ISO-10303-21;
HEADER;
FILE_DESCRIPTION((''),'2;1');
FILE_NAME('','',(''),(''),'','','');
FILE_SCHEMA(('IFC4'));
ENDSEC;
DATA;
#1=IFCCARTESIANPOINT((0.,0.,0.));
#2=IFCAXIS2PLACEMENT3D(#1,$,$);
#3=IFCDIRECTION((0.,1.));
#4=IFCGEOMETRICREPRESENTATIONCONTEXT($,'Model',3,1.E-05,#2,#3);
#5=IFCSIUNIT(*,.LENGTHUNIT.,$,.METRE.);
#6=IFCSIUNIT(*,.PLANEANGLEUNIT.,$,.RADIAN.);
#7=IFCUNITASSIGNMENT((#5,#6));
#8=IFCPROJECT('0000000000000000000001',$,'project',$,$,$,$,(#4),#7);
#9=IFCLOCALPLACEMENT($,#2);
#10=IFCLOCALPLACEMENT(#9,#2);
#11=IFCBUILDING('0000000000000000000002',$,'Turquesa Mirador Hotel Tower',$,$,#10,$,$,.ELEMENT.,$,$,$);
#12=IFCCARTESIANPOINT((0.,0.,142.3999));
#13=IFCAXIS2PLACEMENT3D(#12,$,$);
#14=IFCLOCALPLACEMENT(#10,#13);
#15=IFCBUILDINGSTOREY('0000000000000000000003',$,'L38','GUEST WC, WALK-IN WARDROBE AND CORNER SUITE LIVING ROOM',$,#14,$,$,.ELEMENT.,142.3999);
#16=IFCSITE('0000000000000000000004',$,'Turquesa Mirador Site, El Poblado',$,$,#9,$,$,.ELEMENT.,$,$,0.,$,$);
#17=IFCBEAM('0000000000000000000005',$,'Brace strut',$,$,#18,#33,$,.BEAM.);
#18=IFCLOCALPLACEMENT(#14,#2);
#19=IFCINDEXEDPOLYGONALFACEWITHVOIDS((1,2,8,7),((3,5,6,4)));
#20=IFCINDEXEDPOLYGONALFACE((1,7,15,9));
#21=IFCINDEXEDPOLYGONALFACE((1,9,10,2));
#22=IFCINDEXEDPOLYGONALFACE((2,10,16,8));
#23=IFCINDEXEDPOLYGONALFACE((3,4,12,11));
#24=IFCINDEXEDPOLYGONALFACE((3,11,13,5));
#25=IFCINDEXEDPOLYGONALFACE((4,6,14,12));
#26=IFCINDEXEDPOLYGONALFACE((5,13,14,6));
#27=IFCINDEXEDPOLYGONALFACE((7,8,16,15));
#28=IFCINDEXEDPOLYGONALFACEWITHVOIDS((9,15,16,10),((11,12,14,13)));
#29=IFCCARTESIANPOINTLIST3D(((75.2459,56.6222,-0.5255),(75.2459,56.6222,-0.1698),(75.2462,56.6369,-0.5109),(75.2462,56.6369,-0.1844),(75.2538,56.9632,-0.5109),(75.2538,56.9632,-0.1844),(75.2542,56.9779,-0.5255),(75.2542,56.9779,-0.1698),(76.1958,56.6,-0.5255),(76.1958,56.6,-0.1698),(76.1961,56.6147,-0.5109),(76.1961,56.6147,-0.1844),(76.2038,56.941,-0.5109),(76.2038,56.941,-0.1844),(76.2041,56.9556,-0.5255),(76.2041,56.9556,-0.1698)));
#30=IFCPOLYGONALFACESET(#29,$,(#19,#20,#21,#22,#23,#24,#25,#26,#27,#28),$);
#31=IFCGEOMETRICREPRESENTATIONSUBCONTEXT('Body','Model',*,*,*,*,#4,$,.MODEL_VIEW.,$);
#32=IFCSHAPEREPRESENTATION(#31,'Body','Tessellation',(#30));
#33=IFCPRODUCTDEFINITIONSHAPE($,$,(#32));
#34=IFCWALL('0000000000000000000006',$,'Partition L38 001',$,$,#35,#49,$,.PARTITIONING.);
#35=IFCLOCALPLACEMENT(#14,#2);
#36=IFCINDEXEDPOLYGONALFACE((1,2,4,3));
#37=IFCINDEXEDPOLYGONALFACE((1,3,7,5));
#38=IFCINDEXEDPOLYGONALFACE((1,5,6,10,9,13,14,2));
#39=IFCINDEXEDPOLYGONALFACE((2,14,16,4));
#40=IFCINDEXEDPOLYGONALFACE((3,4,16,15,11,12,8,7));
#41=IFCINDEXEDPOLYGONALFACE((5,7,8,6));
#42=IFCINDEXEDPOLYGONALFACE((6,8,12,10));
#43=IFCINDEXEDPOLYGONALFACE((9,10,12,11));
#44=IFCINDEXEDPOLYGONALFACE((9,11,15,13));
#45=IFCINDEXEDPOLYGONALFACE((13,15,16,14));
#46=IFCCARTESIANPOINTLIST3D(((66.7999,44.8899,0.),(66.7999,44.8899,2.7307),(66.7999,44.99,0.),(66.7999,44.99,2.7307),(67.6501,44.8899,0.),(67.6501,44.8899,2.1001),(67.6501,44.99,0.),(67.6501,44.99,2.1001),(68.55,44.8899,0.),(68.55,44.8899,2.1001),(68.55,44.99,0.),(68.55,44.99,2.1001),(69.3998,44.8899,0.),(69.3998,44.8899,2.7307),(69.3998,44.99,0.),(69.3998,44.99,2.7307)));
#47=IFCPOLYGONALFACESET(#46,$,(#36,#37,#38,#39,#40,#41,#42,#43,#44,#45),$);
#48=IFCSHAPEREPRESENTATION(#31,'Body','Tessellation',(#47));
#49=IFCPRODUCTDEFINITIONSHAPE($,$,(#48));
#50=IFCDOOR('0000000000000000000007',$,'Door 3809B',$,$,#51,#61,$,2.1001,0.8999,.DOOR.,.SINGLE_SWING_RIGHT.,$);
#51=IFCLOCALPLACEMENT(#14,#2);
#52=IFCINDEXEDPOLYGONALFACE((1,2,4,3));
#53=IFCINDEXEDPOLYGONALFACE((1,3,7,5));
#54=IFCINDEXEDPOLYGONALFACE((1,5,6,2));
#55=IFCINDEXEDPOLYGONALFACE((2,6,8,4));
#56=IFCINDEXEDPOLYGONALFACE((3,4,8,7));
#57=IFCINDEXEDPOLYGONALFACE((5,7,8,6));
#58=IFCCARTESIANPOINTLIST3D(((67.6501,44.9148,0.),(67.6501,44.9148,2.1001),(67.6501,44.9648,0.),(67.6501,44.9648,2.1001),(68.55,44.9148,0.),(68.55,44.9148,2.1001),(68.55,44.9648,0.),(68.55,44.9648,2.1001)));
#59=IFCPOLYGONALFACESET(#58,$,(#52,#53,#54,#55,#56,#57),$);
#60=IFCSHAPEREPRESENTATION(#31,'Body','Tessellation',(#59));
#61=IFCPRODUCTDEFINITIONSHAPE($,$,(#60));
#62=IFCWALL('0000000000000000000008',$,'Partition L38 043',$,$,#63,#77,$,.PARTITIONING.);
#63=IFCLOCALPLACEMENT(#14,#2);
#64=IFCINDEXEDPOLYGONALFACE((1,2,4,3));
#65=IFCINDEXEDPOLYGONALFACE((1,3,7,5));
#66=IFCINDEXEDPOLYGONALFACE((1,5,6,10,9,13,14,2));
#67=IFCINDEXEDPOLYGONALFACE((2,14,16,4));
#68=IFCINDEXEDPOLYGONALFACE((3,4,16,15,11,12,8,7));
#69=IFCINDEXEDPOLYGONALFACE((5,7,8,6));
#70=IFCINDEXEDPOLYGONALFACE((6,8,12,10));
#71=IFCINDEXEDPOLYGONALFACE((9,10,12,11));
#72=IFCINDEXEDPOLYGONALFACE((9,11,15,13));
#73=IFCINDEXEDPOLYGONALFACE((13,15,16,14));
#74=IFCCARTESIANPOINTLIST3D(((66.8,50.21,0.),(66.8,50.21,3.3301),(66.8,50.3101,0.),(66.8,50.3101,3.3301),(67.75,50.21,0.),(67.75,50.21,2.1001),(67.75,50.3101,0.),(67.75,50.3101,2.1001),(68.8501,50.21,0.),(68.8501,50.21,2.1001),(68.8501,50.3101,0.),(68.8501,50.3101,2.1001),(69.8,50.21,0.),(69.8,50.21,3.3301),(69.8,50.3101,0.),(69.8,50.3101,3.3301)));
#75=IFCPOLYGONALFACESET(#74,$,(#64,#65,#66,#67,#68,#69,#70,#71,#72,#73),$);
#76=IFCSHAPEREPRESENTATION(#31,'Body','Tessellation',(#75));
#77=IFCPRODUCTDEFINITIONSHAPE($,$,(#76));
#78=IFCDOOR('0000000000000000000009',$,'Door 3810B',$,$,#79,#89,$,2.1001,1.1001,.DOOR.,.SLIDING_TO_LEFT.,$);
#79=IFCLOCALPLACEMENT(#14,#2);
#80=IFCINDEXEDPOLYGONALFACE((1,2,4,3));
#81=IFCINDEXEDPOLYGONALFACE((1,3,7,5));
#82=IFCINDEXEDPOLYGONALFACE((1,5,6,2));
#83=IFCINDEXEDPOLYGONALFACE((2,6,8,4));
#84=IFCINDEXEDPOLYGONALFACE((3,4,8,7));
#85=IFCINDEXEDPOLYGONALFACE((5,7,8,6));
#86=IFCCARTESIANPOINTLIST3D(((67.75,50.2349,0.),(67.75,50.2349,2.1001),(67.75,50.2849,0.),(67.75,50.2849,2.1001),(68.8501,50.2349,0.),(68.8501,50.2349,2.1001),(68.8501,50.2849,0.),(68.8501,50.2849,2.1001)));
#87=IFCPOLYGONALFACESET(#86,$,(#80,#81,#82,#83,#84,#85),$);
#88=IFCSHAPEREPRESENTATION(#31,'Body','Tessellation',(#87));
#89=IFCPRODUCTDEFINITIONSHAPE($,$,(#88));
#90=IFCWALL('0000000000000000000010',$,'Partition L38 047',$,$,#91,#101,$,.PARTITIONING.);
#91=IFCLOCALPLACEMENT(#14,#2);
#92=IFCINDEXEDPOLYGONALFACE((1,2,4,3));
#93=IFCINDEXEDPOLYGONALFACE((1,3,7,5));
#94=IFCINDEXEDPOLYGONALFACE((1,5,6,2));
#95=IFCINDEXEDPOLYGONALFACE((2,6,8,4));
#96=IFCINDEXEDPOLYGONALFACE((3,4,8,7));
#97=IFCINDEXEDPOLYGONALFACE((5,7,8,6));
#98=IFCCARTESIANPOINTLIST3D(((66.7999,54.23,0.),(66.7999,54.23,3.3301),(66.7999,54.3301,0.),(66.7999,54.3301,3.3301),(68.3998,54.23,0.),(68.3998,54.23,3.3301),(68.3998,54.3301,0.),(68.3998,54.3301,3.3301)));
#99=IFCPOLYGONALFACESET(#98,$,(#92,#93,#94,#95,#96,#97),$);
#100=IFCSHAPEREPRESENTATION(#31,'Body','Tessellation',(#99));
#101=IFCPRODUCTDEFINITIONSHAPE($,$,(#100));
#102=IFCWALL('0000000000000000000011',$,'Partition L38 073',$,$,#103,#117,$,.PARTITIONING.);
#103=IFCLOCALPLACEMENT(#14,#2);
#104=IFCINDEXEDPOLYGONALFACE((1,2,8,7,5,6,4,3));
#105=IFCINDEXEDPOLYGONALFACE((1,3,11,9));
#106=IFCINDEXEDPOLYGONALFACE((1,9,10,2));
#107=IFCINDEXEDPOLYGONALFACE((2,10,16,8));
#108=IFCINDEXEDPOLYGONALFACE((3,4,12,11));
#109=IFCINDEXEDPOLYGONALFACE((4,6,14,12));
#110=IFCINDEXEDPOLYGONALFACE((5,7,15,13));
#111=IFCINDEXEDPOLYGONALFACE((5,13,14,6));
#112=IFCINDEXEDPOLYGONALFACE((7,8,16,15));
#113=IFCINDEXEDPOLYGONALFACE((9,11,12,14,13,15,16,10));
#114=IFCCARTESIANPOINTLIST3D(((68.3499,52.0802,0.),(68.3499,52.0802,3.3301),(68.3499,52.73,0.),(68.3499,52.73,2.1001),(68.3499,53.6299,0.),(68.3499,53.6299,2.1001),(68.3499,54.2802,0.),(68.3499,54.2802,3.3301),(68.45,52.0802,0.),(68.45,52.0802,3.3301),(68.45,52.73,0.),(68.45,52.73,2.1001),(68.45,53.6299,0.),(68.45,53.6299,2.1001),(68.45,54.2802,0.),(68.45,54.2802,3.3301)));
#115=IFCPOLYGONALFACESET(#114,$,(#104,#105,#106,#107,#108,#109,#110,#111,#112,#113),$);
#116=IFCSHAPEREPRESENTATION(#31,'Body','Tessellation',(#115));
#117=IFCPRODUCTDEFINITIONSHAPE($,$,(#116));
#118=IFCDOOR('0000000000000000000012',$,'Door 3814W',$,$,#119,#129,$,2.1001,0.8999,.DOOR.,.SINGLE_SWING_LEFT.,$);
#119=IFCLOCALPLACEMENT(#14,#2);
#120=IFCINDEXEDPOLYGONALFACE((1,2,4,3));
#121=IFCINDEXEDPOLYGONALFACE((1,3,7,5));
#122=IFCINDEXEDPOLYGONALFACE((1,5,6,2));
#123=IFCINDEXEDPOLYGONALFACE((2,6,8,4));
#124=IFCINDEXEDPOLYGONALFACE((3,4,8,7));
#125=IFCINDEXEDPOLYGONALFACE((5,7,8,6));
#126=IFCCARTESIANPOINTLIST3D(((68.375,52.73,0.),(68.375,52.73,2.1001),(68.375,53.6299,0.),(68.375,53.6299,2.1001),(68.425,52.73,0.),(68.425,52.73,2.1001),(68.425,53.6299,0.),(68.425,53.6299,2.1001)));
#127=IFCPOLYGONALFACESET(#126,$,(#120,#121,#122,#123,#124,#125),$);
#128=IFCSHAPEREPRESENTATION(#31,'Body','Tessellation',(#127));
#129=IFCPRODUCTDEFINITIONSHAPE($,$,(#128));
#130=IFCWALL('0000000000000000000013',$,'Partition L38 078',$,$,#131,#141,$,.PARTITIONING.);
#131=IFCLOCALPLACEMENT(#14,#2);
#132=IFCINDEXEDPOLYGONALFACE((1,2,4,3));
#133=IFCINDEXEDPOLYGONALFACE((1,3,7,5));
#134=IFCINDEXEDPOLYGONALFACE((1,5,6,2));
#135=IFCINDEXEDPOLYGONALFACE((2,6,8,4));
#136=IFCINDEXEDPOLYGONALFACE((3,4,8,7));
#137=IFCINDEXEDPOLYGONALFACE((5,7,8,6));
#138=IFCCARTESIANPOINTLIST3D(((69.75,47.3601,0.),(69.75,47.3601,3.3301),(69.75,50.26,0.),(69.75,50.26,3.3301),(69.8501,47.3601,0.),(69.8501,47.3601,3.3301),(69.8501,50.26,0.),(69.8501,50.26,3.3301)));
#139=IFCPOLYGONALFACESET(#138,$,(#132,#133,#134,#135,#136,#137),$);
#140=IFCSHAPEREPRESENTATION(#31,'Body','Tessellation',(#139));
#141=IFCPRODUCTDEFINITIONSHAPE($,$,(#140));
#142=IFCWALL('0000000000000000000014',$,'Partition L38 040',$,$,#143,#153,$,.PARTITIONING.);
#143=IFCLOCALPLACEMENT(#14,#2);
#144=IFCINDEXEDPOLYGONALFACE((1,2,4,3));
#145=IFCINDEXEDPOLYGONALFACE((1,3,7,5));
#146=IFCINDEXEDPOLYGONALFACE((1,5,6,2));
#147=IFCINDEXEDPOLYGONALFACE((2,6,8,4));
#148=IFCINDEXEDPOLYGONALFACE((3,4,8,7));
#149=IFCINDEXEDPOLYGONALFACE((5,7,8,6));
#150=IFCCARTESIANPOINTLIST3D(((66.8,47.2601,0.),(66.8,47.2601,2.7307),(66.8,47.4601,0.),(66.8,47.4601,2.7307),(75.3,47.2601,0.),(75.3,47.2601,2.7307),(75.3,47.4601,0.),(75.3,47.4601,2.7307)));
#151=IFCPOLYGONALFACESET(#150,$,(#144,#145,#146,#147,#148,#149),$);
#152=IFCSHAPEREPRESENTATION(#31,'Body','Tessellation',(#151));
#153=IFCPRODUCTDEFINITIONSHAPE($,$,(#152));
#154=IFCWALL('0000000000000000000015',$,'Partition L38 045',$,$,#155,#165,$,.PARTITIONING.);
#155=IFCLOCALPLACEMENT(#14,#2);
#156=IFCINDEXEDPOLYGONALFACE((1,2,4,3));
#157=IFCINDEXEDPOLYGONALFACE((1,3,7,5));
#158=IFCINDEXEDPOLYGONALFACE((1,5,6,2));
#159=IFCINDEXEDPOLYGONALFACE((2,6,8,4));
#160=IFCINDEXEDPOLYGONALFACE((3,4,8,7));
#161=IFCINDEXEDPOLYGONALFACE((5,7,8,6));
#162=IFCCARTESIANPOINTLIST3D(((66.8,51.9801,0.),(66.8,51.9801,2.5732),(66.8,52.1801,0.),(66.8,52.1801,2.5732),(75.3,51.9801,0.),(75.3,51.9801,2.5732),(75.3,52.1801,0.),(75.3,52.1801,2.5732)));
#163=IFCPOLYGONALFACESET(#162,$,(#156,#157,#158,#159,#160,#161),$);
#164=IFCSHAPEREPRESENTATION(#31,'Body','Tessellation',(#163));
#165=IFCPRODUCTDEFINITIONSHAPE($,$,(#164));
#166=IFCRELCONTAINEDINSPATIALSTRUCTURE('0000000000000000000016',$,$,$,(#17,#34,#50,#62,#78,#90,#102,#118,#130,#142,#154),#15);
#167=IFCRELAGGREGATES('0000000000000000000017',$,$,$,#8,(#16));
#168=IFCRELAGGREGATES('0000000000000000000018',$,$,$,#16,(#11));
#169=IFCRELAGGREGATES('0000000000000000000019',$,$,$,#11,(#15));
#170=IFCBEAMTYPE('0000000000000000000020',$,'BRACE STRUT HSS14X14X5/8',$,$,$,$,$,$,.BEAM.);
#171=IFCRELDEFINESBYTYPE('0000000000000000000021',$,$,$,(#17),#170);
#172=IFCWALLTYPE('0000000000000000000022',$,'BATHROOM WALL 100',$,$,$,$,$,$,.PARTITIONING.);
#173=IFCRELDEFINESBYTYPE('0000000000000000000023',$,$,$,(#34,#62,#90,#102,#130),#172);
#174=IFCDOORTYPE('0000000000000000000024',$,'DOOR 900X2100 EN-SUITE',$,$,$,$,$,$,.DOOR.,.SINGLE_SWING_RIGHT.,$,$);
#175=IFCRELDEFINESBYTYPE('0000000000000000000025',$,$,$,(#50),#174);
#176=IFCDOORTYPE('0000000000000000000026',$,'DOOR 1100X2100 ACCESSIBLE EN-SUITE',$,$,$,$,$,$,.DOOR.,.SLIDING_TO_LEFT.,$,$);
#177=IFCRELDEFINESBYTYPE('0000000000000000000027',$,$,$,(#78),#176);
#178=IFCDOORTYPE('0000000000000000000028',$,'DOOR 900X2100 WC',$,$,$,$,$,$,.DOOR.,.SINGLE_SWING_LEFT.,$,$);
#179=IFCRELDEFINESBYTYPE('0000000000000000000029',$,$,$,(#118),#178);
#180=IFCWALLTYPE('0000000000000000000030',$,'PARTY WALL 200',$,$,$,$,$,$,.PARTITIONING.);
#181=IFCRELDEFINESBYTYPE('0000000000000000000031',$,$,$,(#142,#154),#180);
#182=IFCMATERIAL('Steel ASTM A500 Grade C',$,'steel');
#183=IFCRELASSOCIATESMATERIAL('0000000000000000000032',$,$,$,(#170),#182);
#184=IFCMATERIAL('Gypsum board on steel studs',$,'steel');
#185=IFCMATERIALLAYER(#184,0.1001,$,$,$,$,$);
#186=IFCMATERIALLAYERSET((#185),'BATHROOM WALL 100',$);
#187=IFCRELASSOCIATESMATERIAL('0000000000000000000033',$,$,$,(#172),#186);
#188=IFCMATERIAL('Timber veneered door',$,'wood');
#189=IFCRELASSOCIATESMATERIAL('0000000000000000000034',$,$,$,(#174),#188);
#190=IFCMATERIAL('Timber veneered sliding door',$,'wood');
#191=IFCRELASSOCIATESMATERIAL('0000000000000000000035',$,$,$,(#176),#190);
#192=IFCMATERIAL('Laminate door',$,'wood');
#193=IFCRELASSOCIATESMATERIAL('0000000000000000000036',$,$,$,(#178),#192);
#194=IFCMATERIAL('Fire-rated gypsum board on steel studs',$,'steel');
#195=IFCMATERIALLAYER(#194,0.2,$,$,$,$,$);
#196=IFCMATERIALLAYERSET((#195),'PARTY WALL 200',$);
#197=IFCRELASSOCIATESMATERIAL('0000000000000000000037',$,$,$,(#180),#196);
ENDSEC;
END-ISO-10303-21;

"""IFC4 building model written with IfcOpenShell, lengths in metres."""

from ifc_helpers import new_model, si_unit, direction, frame, frame_2d, origin, origin_2d, place, context, subcontext, project, spatial, rectangle, hollow_rectangle, extrude, material, layer, layer_set, material_profile, profile_set, type_object, element, fill, save


model = new_model("IFC4")

# Units and contexts
model_context = context("Model", 3, precision=1e-05, world=origin(), true_north=direction((0.0, 1.0)))
body_context = subcontext(model_context, "Body", "Model", "MODEL_VIEW")
ifc_project = project(units=[si_unit("LENGTHUNIT", "METRE"), si_unit("PLANEANGLEUNIT", "RADIAN")], contexts=[model_context])

# Site, building, storey
site_placement = place(None, origin())
site = spatial("IfcSite", under=ifc_project, at=site_placement, Name="Turquesa Mirador Site, El Poblado", CompositionType="ELEMENT", RefElevation=0.0)
building_placement = place(site_placement, origin())
building = spatial("IfcBuilding", under=site, at=building_placement, Name="Turquesa Mirador Hotel Tower", CompositionType="ELEMENT")
storey_placement = place(building_placement, frame((0.0, 0.0, 142.3999)))
storey = spatial("IfcBuildingStorey", under=building, at=storey_placement, Name="L38", Description="GUEST WC, WALK-IN WARDROBE AND CORNER SUITE LIVING ROOM", CompositionType="ELEMENT", Elevation=142.3999)

# Beam
ifc_material_1 = material(Name="Steel ASTM A500 Grade C", Category="steel")
ifc_material_profile_1 = material_profile(ifc_material_1, hollow_rectangle(XDim=0.3557, YDim=0.3557, WallThickness=0.0146, at=origin_2d()), Name="HSS14X14X5/8")
ifc_profile_set_1 = profile_set([ifc_material_profile_1], Name="Steel ASTM A500 Grade C")
beam_type_1 = type_object("IfcBeamType", Name="BRACE STRUT HSS14X14X5/8", PredefinedType="BEAM", material=ifc_profile_set_1)
beam_1_placement = place(storey_placement, frame((76.2, 56.7778, -0.3477), z_axis=(-0.999727, 0.023381, 0.0), x_axis=(-0.023381, -0.999727, 0.0)))
element("IfcBeam", 1, at=beam_1_placement, inside=storey, type_object=beam_type_1, Name="Brace strut", PredefinedType="BEAM", context=body_context, shape_type="SweptSolid", body=[
    extrude(hollow_rectangle(XDim=0.3557, YDim=0.3557, WallThickness=0.0146, at=origin_2d()), origin(), (0.0, 0.0, 1.0), 0.9502),
])

# Walls, openings, doors
ifc_material_2 = material(Name="Gypsum board on steel studs", Category="steel")
ifc_layer_1 = layer(ifc_material_2, 0.1001)
ifc_layer_set_1 = layer_set([ifc_layer_1], Name="BATHROOM WALL 100")
wall_type_1 = type_object("IfcWallType", Name="BATHROOM WALL 100", PredefinedType="PARTITIONING", material=ifc_layer_set_1)
wall_1_placement = place(storey_placement, frame((66.8, 44.9399, 0.0), z_axis=(0.0, 0.0, 1.0), x_axis=(1.0, 0.0, 0.0)))
wall_1 = element("IfcWall", 2, at=wall_1_placement, inside=storey, type_object=wall_type_1, Name="Partition L38 001", PredefinedType="PARTITIONING", context=body_context, shape_type="SweptSolid", body=[
    extrude(rectangle(XDim=2.5999, YDim=0.1001, at=frame_2d((1.2998, 0.0))), origin(), (0.0, 0.0, 1.0), 2.7307),
])
opening_1_placement = place(wall_1_placement, frame((0.8501, 0.0, 0.0)))
opening_1 = element("IfcOpeningElement", 3, at=opening_1_placement, cuts=wall_1, PredefinedType="OPENING", context=body_context, shape_type="SweptSolid", body=[
    extrude(rectangle(XDim=0.8999, YDim=2.1001, at=frame_2d((0.45, 1.05))), frame((0.0, 0.0601, 0.0), z_axis=(0.0, -1.0, 0.0), x_axis=(1.0, 0.0, 0.0)), (0.0, 0.0, 1.0), 0.1201),
])
ifc_material_3 = material(Name="Timber veneered door", Category="wood")
door_type_1 = type_object("IfcDoorType", Name="DOOR 900X2100 EN-SUITE", OperationType="SINGLE_SWING_RIGHT", PredefinedType="DOOR", material=ifc_material_3)
door_1_placement = place(opening_1_placement, origin())
door_1 = element("IfcDoor", 4, at=door_1_placement, inside=storey, type_object=door_type_1, Name="Door 3809B", OperationType="SINGLE_SWING_RIGHT", OverallHeight=2.1001, OverallWidth=0.8999, PredefinedType="DOOR", context=body_context, shape_type="SweptSolid", body=[
    extrude(rectangle(XDim=0.8999, YDim=2.1001, at=frame_2d((0.45, 1.05))), frame((0.0, 0.0249, 0.0), z_axis=(0.0, -1.0, 0.0), x_axis=(1.0, 0.0, 0.0)), (0.0, 0.0, 1.0), 0.05),
])
fill(opening_1, door_1)
wall_2_placement = place(storey_placement, frame((66.8, 50.26, 0.0), z_axis=(0.0, 0.0, 1.0), x_axis=(1.0, 0.0, 0.0)))
wall_2 = element("IfcWall", 5, at=wall_2_placement, inside=storey, type_object=wall_type_1, Name="Partition L38 043", PredefinedType="PARTITIONING", context=body_context, shape_type="SweptSolid", body=[
    extrude(rectangle(XDim=3.0, YDim=0.1001, at=frame_2d((1.5, 0.0))), origin(), (0.0, 0.0, 1.0), 3.3301),
])
opening_2_placement = place(wall_2_placement, frame((0.95, 0.0, 0.0)))
opening_2 = element("IfcOpeningElement", 6, at=opening_2_placement, cuts=wall_2, PredefinedType="OPENING", context=body_context, shape_type="SweptSolid", body=[
    extrude(rectangle(XDim=1.1001, YDim=2.1001, at=frame_2d((0.55, 1.05))), frame((0.0, 0.0601, 0.0), z_axis=(0.0, -1.0, 0.0), x_axis=(1.0, 0.0, 0.0)), (0.0, 0.0, 1.0), 0.1201),
])
ifc_material_4 = material(Name="Timber veneered sliding door", Category="wood")
door_type_2 = type_object("IfcDoorType", Name="DOOR 1100X2100 ACCESSIBLE EN-SUITE", OperationType="SLIDING_TO_LEFT", PredefinedType="DOOR", material=ifc_material_4)
door_2_placement = place(opening_2_placement, origin())
door_2 = element("IfcDoor", 7, at=door_2_placement, inside=storey, type_object=door_type_2, Name="Door 3810B", OperationType="SLIDING_TO_LEFT", OverallHeight=2.1001, OverallWidth=1.1001, PredefinedType="DOOR", context=body_context, shape_type="SweptSolid", body=[
    extrude(rectangle(XDim=1.1001, YDim=2.1001, at=frame_2d((0.55, 1.05))), frame((0.0, 0.0249, 0.0), z_axis=(0.0, -1.0, 0.0), x_axis=(1.0, 0.0, 0.0)), (0.0, 0.0, 1.0), 0.05),
])
fill(opening_2, door_2)

# Wall
wall_3_placement = place(storey_placement, frame((66.8, 54.28, 0.0), z_axis=(0.0, 0.0, 1.0), x_axis=(1.0, 0.0, 0.0)))
element("IfcWall", 8, at=wall_3_placement, inside=storey, type_object=wall_type_1, Name="Partition L38 047", PredefinedType="PARTITIONING", context=body_context, shape_type="SweptSolid", body=[
    extrude(rectangle(XDim=1.5999, YDim=0.1001, at=frame_2d((0.7998, 0.0))), origin(), (0.0, 0.0, 1.0), 3.3301),
])

# Wall, opening, door
wall_4_placement = place(storey_placement, frame((68.3999, 52.0801, 0.0), z_axis=(0.0, 0.0, 1.0), x_axis=(0.0, 1.0, 0.0)))
wall_4 = element("IfcWall", 9, at=wall_4_placement, inside=storey, type_object=wall_type_1, Name="Partition L38 073", PredefinedType="PARTITIONING", context=body_context, shape_type="SweptSolid", body=[
    extrude(rectangle(XDim=2.2, YDim=0.1001, at=frame_2d((1.1001, 0.0))), origin(), (0.0, 0.0, 1.0), 3.3301),
])
opening_3_placement = place(wall_4_placement, frame((0.6499, 0.0, 0.0)))
opening_3 = element("IfcOpeningElement", 10, at=opening_3_placement, cuts=wall_4, PredefinedType="OPENING", context=body_context, shape_type="SweptSolid", body=[
    extrude(rectangle(XDim=0.8999, YDim=2.1001, at=frame_2d((0.45, 1.05))), frame((0.0, 0.0601, 0.0), z_axis=(0.0, -1.0, 0.0), x_axis=(1.0, 0.0, 0.0)), (0.0, 0.0, 1.0), 0.1201),
])
ifc_material_5 = material(Name="Laminate door", Category="wood")
door_type_3 = type_object("IfcDoorType", Name="DOOR 900X2100 WC", OperationType="SINGLE_SWING_LEFT", PredefinedType="DOOR", material=ifc_material_5)
door_3_placement = place(opening_3_placement, origin())
door_3 = element("IfcDoor", 11, at=door_3_placement, inside=storey, type_object=door_type_3, Name="Door 3814W", OperationType="SINGLE_SWING_LEFT", OverallHeight=2.1001, OverallWidth=0.8999, PredefinedType="DOOR", context=body_context, shape_type="SweptSolid", body=[
    extrude(rectangle(XDim=0.8999, YDim=2.1001, at=frame_2d((0.45, 1.05))), frame((0.0, 0.0249, 0.0), z_axis=(0.0, -1.0, 0.0), x_axis=(1.0, 0.0, 0.0)), (0.0, 0.0, 1.0), 0.05),
])
fill(opening_3, door_3)

# Walls
wall_5_placement = place(storey_placement, frame((69.8, 47.3601, 0.0), z_axis=(0.0, 0.0, 1.0), x_axis=(0.0, 1.0, 0.0)))
element("IfcWall", 12, at=wall_5_placement, inside=storey, type_object=wall_type_1, Name="Partition L38 078", PredefinedType="PARTITIONING", context=body_context, shape_type="SweptSolid", body=[
    extrude(rectangle(XDim=2.8999, YDim=0.1001, at=frame_2d((1.45, 0.0))), origin(), (0.0, 0.0, 1.0), 3.3301),
])
ifc_material_6 = material(Name="Fire-rated gypsum board on steel studs", Category="steel")
ifc_layer_2 = layer(ifc_material_6, 0.2)
ifc_layer_set_2 = layer_set([ifc_layer_2], Name="PARTY WALL 200")
wall_type_2 = type_object("IfcWallType", Name="PARTY WALL 200", PredefinedType="PARTITIONING", material=ifc_layer_set_2)
wall_6_placement = place(storey_placement, frame((66.8, 47.3601, 0.0), z_axis=(0.0, 0.0, 1.0), x_axis=(1.0, 0.0, 0.0)))
element("IfcWall", 13, at=wall_6_placement, inside=storey, type_object=wall_type_2, Name="Partition L38 040", PredefinedType="PARTITIONING", context=body_context, shape_type="SweptSolid", body=[
    extrude(rectangle(XDim=8.5, YDim=0.2, at=frame_2d((4.25, 0.0))), origin(), (0.0, 0.0, 1.0), 2.7307),
])
wall_7_placement = place(storey_placement, frame((66.8, 52.0801, 0.0), z_axis=(0.0, 0.0, 1.0), x_axis=(1.0, 0.0, 0.0)))
element("IfcWall", 14, at=wall_7_placement, inside=storey, type_object=wall_type_2, Name="Partition L38 045", PredefinedType="PARTITIONING", context=body_context, shape_type="SweptSolid", body=[
    extrude(rectangle(XDim=8.5, YDim=0.2, at=frame_2d((4.25, 0.0))), origin(), (0.0, 0.0, 1.0), 2.5732),
])

save(model, "model.ifc")
